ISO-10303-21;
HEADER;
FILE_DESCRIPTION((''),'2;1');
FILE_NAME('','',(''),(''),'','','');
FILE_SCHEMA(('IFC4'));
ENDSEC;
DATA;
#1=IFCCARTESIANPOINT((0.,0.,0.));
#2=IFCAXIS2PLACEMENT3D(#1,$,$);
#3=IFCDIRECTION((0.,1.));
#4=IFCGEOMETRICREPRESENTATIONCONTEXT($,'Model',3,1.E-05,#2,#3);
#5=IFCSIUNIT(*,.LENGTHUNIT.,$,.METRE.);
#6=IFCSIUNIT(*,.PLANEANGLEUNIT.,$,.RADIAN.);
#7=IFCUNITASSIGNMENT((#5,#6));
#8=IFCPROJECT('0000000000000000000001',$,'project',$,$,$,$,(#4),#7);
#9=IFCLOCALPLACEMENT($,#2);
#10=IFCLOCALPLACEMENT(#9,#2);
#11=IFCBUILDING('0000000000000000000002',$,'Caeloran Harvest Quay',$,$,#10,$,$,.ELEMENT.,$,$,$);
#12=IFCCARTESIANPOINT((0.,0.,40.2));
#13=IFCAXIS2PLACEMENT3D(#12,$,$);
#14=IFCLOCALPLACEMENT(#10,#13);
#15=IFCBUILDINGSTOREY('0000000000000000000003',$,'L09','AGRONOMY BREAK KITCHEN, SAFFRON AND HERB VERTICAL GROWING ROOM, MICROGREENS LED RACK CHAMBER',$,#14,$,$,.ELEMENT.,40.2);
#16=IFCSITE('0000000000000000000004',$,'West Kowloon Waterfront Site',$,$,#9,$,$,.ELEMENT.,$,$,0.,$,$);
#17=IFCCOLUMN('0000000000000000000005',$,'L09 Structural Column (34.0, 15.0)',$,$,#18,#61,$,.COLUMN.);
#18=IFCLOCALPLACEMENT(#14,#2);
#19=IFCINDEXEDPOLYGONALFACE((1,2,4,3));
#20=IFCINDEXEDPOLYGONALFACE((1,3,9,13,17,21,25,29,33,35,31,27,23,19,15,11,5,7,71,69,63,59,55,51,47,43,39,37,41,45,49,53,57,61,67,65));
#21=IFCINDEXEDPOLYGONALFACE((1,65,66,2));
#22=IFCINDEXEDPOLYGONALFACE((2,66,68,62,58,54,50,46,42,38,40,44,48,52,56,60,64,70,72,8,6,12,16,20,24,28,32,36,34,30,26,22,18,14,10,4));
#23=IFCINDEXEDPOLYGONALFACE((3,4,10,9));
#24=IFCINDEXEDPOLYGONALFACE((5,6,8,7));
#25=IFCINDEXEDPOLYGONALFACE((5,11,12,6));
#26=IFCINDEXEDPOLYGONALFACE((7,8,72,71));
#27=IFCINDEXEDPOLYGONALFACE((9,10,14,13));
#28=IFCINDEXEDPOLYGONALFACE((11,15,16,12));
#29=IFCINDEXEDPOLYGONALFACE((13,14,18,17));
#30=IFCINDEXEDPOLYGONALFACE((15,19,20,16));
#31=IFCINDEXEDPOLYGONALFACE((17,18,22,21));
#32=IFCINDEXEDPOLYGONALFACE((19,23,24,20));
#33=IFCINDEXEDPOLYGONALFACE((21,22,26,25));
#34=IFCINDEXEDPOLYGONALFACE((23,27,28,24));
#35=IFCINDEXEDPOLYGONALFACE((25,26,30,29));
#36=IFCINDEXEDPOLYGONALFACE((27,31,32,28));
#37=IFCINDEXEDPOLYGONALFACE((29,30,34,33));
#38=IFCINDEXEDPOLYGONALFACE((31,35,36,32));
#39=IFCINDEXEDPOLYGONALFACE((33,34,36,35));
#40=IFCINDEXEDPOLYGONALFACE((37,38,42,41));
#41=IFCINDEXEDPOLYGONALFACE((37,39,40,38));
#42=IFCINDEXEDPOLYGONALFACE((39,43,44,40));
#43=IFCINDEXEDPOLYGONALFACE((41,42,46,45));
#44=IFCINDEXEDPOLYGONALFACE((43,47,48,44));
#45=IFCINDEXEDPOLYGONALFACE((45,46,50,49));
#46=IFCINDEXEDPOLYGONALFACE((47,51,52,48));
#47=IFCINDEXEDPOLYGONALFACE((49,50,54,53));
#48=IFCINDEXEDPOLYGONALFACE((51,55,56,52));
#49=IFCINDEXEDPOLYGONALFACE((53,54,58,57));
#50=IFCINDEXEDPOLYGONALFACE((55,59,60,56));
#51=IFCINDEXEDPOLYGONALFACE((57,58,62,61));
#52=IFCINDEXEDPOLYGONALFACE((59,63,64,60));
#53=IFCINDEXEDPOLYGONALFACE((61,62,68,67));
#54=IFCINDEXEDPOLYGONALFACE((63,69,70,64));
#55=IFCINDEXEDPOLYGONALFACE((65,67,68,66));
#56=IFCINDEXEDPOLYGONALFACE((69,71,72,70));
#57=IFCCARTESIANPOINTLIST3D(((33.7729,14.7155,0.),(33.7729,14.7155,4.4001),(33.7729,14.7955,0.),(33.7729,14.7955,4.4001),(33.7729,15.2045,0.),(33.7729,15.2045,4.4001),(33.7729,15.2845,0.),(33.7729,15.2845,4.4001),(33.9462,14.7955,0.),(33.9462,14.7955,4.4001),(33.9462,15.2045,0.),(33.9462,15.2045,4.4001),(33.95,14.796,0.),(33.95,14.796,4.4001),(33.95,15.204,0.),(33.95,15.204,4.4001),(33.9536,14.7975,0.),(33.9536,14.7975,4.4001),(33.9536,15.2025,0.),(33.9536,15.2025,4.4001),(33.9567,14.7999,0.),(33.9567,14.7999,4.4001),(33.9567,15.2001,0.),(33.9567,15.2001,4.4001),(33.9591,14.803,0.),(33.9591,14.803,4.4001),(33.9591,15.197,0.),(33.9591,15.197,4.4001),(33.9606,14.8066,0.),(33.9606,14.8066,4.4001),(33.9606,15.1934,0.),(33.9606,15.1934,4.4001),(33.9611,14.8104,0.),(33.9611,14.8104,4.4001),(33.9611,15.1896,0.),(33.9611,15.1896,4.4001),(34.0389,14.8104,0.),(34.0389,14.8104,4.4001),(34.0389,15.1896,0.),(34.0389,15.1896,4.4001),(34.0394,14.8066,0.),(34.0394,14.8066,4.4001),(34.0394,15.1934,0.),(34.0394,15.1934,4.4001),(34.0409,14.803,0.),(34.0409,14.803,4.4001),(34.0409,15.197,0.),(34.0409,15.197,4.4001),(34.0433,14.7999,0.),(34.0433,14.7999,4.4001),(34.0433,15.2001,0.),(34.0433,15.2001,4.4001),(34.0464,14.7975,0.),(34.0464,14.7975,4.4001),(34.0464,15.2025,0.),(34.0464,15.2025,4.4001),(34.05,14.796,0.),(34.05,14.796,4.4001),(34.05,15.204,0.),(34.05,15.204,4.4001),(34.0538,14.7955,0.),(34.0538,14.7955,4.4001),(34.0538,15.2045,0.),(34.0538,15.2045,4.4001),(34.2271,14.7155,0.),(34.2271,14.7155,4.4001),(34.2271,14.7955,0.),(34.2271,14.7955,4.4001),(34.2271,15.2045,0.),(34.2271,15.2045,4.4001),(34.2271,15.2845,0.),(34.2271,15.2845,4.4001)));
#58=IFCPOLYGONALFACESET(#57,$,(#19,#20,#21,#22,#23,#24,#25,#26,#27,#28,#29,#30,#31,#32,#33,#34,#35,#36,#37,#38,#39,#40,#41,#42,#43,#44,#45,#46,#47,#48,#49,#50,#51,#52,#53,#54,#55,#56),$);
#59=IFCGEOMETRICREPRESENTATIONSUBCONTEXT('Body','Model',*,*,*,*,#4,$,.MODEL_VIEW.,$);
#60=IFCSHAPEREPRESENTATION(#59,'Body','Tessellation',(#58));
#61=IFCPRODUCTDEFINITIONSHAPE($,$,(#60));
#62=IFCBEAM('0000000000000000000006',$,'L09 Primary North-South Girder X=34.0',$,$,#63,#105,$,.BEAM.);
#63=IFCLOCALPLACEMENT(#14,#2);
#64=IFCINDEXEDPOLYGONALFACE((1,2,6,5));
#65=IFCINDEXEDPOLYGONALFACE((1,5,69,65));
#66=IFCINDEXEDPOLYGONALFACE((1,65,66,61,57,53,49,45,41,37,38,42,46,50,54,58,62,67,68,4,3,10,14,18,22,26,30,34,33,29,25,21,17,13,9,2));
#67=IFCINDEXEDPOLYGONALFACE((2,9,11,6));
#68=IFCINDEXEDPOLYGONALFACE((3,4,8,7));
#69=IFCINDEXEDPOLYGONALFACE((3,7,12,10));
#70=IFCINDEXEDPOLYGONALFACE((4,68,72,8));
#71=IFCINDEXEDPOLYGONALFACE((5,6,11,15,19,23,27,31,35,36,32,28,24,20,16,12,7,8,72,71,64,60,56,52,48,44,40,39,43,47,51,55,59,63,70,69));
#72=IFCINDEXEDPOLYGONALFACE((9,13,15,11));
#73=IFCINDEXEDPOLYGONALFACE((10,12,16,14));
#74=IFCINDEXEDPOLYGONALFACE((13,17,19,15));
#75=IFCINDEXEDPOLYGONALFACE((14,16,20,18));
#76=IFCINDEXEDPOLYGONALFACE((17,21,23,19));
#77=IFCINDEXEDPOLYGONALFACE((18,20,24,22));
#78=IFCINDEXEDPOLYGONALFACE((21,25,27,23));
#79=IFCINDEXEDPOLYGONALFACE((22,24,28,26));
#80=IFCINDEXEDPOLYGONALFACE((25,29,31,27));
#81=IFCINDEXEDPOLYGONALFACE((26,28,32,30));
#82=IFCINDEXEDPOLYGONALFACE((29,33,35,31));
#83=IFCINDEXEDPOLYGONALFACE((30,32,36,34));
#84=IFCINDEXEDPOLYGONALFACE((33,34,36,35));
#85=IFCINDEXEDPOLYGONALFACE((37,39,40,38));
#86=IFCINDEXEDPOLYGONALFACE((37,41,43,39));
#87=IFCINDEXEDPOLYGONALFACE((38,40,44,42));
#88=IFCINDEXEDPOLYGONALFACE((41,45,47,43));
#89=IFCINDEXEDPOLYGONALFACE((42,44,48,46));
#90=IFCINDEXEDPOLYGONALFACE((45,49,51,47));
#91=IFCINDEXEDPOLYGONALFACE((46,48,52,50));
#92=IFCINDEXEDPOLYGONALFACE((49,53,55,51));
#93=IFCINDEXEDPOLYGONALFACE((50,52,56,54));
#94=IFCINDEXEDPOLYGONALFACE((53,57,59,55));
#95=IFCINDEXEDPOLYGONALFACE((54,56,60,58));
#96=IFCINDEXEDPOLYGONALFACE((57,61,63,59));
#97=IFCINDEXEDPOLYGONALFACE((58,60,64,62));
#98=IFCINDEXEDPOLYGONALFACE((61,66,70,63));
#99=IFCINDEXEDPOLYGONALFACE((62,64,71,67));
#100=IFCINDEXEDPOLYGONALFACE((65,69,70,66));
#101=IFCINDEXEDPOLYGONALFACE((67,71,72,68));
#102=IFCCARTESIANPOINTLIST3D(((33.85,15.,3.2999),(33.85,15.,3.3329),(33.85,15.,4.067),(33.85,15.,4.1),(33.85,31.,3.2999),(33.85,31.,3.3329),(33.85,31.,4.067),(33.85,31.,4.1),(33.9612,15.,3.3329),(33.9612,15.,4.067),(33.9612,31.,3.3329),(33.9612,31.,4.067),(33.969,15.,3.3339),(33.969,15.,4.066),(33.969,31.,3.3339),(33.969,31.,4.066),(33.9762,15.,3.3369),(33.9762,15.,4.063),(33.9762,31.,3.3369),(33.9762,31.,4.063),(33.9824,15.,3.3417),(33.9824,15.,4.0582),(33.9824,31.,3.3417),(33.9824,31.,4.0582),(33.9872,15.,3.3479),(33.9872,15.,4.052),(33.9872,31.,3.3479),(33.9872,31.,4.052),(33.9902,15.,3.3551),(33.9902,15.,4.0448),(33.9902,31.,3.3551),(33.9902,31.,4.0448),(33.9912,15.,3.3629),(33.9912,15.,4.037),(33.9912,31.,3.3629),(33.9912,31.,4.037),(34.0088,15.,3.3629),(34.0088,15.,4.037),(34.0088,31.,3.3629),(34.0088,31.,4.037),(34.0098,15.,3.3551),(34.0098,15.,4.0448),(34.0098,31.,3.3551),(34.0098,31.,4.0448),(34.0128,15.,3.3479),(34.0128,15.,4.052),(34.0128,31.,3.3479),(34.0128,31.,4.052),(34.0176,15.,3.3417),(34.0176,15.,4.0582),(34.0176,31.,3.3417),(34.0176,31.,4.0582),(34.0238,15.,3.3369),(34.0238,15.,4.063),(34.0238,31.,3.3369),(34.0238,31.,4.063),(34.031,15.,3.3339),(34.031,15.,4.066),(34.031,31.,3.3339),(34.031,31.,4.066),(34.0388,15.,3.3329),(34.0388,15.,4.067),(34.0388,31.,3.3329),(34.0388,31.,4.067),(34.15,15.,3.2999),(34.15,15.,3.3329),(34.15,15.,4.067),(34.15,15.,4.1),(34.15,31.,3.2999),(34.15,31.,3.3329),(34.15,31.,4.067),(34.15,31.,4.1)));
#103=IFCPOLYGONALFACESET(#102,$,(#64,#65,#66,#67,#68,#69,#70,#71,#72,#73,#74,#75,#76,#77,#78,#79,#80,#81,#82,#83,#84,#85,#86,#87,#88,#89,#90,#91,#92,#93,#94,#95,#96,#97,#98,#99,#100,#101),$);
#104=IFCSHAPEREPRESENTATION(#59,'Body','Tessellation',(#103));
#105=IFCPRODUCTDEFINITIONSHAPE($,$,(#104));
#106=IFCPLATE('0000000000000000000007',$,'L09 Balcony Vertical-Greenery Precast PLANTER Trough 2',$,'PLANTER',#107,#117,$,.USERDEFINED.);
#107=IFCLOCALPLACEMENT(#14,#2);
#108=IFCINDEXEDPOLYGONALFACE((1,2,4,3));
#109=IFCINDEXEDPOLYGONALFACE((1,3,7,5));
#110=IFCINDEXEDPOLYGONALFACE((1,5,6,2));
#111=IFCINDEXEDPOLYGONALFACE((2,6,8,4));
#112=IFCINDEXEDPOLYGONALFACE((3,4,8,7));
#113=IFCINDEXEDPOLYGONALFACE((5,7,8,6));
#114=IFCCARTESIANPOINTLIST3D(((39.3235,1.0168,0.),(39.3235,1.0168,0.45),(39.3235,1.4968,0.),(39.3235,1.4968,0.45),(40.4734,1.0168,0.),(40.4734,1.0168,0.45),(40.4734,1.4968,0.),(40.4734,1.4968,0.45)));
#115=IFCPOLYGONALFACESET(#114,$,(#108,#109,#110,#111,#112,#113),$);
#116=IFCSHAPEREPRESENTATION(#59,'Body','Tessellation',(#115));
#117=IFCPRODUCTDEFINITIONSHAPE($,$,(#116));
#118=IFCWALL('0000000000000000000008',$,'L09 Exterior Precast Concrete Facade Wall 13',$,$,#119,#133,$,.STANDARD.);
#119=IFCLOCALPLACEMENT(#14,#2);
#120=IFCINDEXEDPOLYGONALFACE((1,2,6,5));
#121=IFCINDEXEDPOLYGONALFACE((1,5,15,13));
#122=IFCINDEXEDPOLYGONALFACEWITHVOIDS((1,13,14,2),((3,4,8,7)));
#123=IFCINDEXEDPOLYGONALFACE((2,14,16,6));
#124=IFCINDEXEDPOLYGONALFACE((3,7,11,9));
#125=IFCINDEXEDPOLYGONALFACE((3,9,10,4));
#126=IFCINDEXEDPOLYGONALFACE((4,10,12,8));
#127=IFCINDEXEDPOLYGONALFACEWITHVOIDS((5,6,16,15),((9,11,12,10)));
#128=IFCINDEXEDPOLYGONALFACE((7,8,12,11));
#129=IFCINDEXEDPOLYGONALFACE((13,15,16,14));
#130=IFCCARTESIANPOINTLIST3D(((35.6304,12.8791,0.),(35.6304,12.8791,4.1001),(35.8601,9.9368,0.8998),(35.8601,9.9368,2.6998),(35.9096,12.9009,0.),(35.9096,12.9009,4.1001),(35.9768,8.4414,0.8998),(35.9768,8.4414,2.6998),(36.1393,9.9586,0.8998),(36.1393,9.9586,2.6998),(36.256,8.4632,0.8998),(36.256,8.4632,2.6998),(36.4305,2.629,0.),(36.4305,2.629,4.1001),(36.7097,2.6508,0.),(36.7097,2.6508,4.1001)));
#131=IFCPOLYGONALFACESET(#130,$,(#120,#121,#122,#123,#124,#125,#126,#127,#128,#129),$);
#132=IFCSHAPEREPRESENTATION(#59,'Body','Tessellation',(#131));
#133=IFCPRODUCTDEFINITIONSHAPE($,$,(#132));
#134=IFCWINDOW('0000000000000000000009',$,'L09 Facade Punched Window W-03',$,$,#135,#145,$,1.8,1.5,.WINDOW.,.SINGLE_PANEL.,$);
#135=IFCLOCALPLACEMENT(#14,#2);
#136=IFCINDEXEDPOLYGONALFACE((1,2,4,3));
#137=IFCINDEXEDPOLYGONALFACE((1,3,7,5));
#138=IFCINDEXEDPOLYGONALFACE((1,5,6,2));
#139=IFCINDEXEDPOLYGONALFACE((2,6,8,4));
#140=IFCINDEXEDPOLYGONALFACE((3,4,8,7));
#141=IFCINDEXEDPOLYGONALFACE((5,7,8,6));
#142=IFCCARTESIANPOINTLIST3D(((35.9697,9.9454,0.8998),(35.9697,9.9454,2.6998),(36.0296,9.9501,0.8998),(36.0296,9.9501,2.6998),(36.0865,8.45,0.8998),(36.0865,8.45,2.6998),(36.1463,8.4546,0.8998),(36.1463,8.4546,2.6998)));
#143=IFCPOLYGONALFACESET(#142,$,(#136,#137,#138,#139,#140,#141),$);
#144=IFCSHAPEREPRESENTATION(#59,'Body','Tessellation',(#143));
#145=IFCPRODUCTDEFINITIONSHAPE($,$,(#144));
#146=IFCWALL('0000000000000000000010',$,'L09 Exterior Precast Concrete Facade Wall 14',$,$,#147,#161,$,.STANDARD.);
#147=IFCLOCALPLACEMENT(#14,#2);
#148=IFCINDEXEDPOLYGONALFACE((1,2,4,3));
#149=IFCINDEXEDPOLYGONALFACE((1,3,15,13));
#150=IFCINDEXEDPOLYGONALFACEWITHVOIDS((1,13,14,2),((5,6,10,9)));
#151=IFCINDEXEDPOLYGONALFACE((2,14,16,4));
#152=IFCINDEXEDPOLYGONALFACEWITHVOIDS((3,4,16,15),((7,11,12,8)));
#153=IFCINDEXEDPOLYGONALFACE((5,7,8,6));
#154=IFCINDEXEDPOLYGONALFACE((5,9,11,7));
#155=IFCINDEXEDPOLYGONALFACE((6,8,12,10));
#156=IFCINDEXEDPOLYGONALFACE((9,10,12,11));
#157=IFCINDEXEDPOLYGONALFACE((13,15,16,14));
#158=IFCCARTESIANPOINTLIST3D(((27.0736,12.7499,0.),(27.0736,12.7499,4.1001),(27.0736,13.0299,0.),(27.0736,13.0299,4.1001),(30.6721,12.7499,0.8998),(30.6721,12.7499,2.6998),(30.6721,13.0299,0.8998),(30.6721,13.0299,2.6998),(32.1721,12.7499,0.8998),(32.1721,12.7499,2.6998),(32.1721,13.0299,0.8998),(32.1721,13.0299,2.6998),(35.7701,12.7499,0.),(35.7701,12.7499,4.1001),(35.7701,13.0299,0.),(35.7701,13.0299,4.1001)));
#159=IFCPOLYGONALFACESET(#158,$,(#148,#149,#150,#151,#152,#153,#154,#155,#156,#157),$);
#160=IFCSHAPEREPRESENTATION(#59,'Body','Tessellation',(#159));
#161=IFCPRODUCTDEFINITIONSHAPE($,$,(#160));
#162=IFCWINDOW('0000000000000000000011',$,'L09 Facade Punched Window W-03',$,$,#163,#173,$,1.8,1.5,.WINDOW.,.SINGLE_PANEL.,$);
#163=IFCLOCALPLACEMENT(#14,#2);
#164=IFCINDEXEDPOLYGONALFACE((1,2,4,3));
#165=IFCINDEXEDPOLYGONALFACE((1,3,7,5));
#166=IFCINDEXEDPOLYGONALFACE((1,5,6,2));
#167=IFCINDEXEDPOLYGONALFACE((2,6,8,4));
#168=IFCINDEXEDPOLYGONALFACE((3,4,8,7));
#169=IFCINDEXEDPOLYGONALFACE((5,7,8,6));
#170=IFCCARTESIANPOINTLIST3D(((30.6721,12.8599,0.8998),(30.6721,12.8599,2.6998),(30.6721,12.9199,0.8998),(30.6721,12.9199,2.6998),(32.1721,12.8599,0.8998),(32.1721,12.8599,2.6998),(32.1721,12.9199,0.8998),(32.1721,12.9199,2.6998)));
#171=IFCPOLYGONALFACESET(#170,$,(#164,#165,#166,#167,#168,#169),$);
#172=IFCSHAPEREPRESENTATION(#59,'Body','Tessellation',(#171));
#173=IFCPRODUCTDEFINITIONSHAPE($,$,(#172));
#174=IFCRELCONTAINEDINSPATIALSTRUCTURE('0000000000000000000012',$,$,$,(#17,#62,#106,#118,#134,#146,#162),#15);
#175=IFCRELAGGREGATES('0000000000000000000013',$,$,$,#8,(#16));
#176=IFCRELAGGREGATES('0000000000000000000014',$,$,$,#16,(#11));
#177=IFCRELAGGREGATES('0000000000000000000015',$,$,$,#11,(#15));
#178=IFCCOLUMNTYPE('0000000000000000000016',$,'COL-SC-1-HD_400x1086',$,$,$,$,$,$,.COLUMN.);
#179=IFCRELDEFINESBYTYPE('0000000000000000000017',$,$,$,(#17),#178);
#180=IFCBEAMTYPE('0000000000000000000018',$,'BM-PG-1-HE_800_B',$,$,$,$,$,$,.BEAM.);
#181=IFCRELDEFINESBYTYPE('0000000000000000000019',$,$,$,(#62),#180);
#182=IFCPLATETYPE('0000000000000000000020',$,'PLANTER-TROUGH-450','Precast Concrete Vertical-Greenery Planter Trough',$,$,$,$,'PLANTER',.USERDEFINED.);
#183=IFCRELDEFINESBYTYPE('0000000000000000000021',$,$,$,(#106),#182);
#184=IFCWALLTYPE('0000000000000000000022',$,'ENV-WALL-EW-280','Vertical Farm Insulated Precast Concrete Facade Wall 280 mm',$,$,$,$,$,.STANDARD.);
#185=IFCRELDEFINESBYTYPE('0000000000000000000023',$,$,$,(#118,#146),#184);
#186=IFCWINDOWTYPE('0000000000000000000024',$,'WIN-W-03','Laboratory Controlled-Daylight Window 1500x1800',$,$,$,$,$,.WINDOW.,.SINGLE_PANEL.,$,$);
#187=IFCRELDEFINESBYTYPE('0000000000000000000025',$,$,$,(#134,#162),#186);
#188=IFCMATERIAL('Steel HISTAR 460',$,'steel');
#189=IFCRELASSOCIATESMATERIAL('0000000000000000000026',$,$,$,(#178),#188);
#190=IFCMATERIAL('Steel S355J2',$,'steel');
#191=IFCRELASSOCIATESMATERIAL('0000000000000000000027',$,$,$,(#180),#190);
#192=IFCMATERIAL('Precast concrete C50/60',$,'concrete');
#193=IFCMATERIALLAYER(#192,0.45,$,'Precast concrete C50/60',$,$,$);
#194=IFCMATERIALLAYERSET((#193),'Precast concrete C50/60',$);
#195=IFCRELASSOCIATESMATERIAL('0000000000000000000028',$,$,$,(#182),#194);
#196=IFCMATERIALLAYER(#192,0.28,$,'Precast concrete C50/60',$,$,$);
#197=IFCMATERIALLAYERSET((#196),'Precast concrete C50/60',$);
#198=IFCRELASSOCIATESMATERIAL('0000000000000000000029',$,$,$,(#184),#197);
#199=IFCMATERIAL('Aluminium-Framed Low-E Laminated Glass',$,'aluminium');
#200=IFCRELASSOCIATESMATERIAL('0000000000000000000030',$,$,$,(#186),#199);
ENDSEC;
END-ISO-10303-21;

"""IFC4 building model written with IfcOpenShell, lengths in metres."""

from ifc_helpers import new_model, si_unit, direction, frame, frame_2d, origin, origin_2d, place, context, subcontext, project, spatial, rectangle, i_section, extrude, material, layer, layer_set, material_profile, profile_set, type_object, element, fill, save


model = new_model("IFC4")

# Units and contexts
model_context = context("Model", 3, precision=1e-05, world=origin(), true_north=direction((0.0, 1.0)))
body_context = subcontext(model_context, "Body", "Model", "MODEL_VIEW")
ifc_project = project(units=[si_unit("LENGTHUNIT", "METRE"), si_unit("PLANEANGLEUNIT", "RADIAN")], contexts=[model_context])

# Site, building, storey
site_placement = place(None, origin())
site = spatial("IfcSite", under=ifc_project, at=site_placement, Name="West Kowloon Waterfront Site", CompositionType="ELEMENT", RefElevation=0.0)
building_placement = place(site_placement, origin())
building = spatial("IfcBuilding", under=site, at=building_placement, Name="Caeloran Harvest Quay", CompositionType="ELEMENT")
storey_placement = place(building_placement, frame((0.0, 0.0, 40.2)))
storey = spatial("IfcBuildingStorey", under=building, at=storey_placement, Name="L09", Description="AGRONOMY BREAK KITCHEN, SAFFRON AND HERB VERTICAL GROWING ROOM, MICROGREENS LED RACK CHAMBER", CompositionType="ELEMENT", Elevation=40.2)

# Column
ifc_material_1 = material(Name="Steel HISTAR 460", Category="steel")
ifc_material_profile_1 = material_profile(ifc_material_1, i_section(OverallWidth=0.4541, OverallDepth=0.5691, WebThickness=0.0779, FlangeThickness=0.0801, FilletRadius=0.0149, at=origin_2d()), Name="HD 400x1086")
ifc_profile_set_1 = profile_set([ifc_material_profile_1], Name="Steel HISTAR 460")
column_type = type_object("IfcColumnType", Name="COL-SC-1-HD_400x1086", PredefinedType="COLUMN", material=ifc_profile_set_1)
column_placement = place(storey_placement, frame((34.0, 15.0, 0.0), z_axis=(0.0, 0.0, 1.0), x_axis=(1.0, 0.0, 0.0)))
element("IfcColumn", 1, at=column_placement, inside=storey, type_object=column_type, Name="L09 Structural Column (34.0, 15.0)", PredefinedType="COLUMN", context=body_context, shape_type="SweptSolid", body=[
    extrude(i_section(OverallWidth=0.4541, OverallDepth=0.5691, WebThickness=0.0779, FlangeThickness=0.0801, FilletRadius=0.0149, at=origin_2d()), origin(), (0.0, 0.0, 1.0), 4.4001),
])

# Beam
ifc_material_2 = material(Name="Steel S355J2", Category="steel")
ifc_material_profile_2 = material_profile(ifc_material_2, i_section(OverallWidth=0.3, OverallDepth=0.8, WebThickness=0.0176, FlangeThickness=0.033, FilletRadius=0.03, at=origin_2d()), Name="HE 800 B")
ifc_profile_set_2 = profile_set([ifc_material_profile_2], Name="Steel S355J2")
beam_type = type_object("IfcBeamType", Name="BM-PG-1-HE_800_B", PredefinedType="BEAM", material=ifc_profile_set_2)
beam_placement = place(storey_placement, frame((34.0, 15.0, 3.7), z_axis=(0.0, 1.0, 0.0), x_axis=(-1.0, 0.0, 0.0)))
element("IfcBeam", 2, at=beam_placement, inside=storey, type_object=beam_type, Name="L09 Primary North-South Girder X=34.0", PredefinedType="BEAM", context=body_context, shape_type="SweptSolid", body=[
    extrude(i_section(OverallWidth=0.3, OverallDepth=0.8, WebThickness=0.0176, FlangeThickness=0.033, FilletRadius=0.03, at=origin_2d()), origin(), (0.0, 0.0, 1.0), 16.0),
])

# Plate
ifc_material_3 = material(Name="Precast concrete C50/60", Category="concrete")
ifc_layer_1 = layer(ifc_material_3, 0.45, Name="Precast concrete C50/60")
ifc_layer_set_1 = layer_set([ifc_layer_1], Name="Precast concrete C50/60")
plate_type = type_object("IfcPlateType", Name="PLANTER-TROUGH-450", Description="Precast Concrete Vertical-Greenery Planter Trough", ElementType="PLANTER", PredefinedType="USERDEFINED", material=ifc_layer_set_1)
plate_placement = place(storey_placement, frame((39.8984, 1.2568, 0.0), z_axis=(0.0, 0.0, 1.0), x_axis=(1.0, 0.0, 0.0)))
element("IfcPlate", 3, at=plate_placement, inside=storey, type_object=plate_type, Name="L09 Balcony Vertical-Greenery Precast PLANTER Trough 2", ObjectType="PLANTER", PredefinedType="USERDEFINED", context=body_context, shape_type="SweptSolid", body=[
    extrude(rectangle(XDim=1.1499, YDim=0.48, at=origin_2d()), origin(), (0.0, 0.0, 1.0), 0.45),
])

# Walls, openings, windows
ifc_layer_2 = layer(ifc_material_3, 0.28, Name="Precast concrete C50/60")
ifc_layer_set_2 = layer_set([ifc_layer_2], Name="Precast concrete C50/60")
wall_type_1 = type_object("IfcWallType", Name="ENV-WALL-EW-280", Description="Vertical Farm Insulated Precast Concrete Facade Wall 280 mm", PredefinedType="STANDARD", material=ifc_layer_set_2)
wall_1_placement = place(storey_placement, frame((36.5701, 2.6399, 0.0), z_axis=(0.0, 0.0, 1.0), x_axis=(-0.077817, 0.996968, 0.0)))
wall_1 = element("IfcWall", 4, at=wall_1_placement, inside=storey, type_object=wall_type_1, Name="L09 Exterior Precast Concrete Facade Wall 13", PredefinedType="STANDARD", context=body_context, shape_type="SweptSolid", body=[
    extrude(rectangle(XDim=10.2812, YDim=0.28, at=frame_2d((5.1406, 0.0))), origin(), (0.0, 0.0, 1.0), 4.1001),
])
opening_1_placement = place(wall_1_placement, frame((5.8301, 0.0, 0.8999)))
opening_1 = element("IfcOpeningElement", 5, at=opening_1_placement, cuts=wall_1, PredefinedType="OPENING", context=body_context, shape_type="SweptSolid", body=[
    extrude(rectangle(XDim=1.5, YDim=1.8, at=frame_2d((0.75, 0.8999))), frame((0.0, 0.1499, 0.0), z_axis=(0.0, -1.0, 0.0), x_axis=(1.0, 0.0, 0.0)), (0.0, 0.0, 1.0), 0.3),
])
ifc_material_4 = material(Name="Aluminium-Framed Low-E Laminated Glass", Category="aluminium")
window_type = type_object("IfcWindowType", Name="WIN-W-03", Description="Laboratory Controlled-Daylight Window 1500x1800", PartitioningType="SINGLE_PANEL", PredefinedType="WINDOW", material=ifc_material_4)
window_1_placement = place(opening_1_placement, origin())
window_1 = element("IfcWindow", 6, at=window_1_placement, inside=storey, type_object=window_type, Name="L09 Facade Punched Window W-03", OverallHeight=1.8, OverallWidth=1.5, PartitioningType="SINGLE_PANEL", PredefinedType="WINDOW", context=body_context, shape_type="SweptSolid", body=[
    extrude(rectangle(XDim=1.5, YDim=1.8, at=frame_2d((0.75, 0.8999))), frame((0.0, 0.03, 0.0), z_axis=(0.0, -1.0, 0.0), x_axis=(1.0, 0.0, 0.0)), (0.0, 0.0, 1.0), 0.0601),
])
fill(opening_1, window_1)
wall_2_placement = place(storey_placement, frame((35.77, 12.8899, 0.0), z_axis=(0.0, 0.0, 1.0), x_axis=(-1.0, 0.0, 0.0)))
wall_2 = element("IfcWall", 7, at=wall_2_placement, inside=storey, type_object=wall_type_1, Name="L09 Exterior Precast Concrete Facade Wall 14", PredefinedType="STANDARD", context=body_context, shape_type="SweptSolid", body=[
    extrude(rectangle(XDim=8.6965, YDim=0.28, at=frame_2d((4.3481, 0.0))), origin(), (0.0, 0.0, 1.0), 4.1001),
])
opening_2_placement = place(wall_2_placement, frame((3.5979, 0.0, 0.8999)))
opening_2 = element("IfcOpeningElement", 8, at=opening_2_placement, cuts=wall_2, PredefinedType="OPENING", context=body_context, shape_type="SweptSolid", body=[
    extrude(rectangle(XDim=1.5, YDim=1.8, at=frame_2d((0.75, 0.8999))), frame((0.0, 0.1499, 0.0), z_axis=(0.0, -1.0, 0.0), x_axis=(1.0, 0.0, 0.0)), (0.0, 0.0, 1.0), 0.3),
])
window_2_placement = place(opening_2_placement, origin())
window_2 = element("IfcWindow", 9, at=window_2_placement, inside=storey, type_object=window_type, Name="L09 Facade Punched Window W-03", OverallHeight=1.8, OverallWidth=1.5, PartitioningType="SINGLE_PANEL", PredefinedType="WINDOW", context=body_context, shape_type="SweptSolid", body=[
    extrude(rectangle(XDim=1.5, YDim=1.8, at=frame_2d((0.75, 0.8999))), frame((0.0, 0.03, 0.0), z_axis=(0.0, -1.0, 0.0), x_axis=(1.0, 0.0, 0.0)), (0.0, 0.0, 1.0), 0.0601),
])
fill(opening_2, window_2)

save(model, "model.ifc")
